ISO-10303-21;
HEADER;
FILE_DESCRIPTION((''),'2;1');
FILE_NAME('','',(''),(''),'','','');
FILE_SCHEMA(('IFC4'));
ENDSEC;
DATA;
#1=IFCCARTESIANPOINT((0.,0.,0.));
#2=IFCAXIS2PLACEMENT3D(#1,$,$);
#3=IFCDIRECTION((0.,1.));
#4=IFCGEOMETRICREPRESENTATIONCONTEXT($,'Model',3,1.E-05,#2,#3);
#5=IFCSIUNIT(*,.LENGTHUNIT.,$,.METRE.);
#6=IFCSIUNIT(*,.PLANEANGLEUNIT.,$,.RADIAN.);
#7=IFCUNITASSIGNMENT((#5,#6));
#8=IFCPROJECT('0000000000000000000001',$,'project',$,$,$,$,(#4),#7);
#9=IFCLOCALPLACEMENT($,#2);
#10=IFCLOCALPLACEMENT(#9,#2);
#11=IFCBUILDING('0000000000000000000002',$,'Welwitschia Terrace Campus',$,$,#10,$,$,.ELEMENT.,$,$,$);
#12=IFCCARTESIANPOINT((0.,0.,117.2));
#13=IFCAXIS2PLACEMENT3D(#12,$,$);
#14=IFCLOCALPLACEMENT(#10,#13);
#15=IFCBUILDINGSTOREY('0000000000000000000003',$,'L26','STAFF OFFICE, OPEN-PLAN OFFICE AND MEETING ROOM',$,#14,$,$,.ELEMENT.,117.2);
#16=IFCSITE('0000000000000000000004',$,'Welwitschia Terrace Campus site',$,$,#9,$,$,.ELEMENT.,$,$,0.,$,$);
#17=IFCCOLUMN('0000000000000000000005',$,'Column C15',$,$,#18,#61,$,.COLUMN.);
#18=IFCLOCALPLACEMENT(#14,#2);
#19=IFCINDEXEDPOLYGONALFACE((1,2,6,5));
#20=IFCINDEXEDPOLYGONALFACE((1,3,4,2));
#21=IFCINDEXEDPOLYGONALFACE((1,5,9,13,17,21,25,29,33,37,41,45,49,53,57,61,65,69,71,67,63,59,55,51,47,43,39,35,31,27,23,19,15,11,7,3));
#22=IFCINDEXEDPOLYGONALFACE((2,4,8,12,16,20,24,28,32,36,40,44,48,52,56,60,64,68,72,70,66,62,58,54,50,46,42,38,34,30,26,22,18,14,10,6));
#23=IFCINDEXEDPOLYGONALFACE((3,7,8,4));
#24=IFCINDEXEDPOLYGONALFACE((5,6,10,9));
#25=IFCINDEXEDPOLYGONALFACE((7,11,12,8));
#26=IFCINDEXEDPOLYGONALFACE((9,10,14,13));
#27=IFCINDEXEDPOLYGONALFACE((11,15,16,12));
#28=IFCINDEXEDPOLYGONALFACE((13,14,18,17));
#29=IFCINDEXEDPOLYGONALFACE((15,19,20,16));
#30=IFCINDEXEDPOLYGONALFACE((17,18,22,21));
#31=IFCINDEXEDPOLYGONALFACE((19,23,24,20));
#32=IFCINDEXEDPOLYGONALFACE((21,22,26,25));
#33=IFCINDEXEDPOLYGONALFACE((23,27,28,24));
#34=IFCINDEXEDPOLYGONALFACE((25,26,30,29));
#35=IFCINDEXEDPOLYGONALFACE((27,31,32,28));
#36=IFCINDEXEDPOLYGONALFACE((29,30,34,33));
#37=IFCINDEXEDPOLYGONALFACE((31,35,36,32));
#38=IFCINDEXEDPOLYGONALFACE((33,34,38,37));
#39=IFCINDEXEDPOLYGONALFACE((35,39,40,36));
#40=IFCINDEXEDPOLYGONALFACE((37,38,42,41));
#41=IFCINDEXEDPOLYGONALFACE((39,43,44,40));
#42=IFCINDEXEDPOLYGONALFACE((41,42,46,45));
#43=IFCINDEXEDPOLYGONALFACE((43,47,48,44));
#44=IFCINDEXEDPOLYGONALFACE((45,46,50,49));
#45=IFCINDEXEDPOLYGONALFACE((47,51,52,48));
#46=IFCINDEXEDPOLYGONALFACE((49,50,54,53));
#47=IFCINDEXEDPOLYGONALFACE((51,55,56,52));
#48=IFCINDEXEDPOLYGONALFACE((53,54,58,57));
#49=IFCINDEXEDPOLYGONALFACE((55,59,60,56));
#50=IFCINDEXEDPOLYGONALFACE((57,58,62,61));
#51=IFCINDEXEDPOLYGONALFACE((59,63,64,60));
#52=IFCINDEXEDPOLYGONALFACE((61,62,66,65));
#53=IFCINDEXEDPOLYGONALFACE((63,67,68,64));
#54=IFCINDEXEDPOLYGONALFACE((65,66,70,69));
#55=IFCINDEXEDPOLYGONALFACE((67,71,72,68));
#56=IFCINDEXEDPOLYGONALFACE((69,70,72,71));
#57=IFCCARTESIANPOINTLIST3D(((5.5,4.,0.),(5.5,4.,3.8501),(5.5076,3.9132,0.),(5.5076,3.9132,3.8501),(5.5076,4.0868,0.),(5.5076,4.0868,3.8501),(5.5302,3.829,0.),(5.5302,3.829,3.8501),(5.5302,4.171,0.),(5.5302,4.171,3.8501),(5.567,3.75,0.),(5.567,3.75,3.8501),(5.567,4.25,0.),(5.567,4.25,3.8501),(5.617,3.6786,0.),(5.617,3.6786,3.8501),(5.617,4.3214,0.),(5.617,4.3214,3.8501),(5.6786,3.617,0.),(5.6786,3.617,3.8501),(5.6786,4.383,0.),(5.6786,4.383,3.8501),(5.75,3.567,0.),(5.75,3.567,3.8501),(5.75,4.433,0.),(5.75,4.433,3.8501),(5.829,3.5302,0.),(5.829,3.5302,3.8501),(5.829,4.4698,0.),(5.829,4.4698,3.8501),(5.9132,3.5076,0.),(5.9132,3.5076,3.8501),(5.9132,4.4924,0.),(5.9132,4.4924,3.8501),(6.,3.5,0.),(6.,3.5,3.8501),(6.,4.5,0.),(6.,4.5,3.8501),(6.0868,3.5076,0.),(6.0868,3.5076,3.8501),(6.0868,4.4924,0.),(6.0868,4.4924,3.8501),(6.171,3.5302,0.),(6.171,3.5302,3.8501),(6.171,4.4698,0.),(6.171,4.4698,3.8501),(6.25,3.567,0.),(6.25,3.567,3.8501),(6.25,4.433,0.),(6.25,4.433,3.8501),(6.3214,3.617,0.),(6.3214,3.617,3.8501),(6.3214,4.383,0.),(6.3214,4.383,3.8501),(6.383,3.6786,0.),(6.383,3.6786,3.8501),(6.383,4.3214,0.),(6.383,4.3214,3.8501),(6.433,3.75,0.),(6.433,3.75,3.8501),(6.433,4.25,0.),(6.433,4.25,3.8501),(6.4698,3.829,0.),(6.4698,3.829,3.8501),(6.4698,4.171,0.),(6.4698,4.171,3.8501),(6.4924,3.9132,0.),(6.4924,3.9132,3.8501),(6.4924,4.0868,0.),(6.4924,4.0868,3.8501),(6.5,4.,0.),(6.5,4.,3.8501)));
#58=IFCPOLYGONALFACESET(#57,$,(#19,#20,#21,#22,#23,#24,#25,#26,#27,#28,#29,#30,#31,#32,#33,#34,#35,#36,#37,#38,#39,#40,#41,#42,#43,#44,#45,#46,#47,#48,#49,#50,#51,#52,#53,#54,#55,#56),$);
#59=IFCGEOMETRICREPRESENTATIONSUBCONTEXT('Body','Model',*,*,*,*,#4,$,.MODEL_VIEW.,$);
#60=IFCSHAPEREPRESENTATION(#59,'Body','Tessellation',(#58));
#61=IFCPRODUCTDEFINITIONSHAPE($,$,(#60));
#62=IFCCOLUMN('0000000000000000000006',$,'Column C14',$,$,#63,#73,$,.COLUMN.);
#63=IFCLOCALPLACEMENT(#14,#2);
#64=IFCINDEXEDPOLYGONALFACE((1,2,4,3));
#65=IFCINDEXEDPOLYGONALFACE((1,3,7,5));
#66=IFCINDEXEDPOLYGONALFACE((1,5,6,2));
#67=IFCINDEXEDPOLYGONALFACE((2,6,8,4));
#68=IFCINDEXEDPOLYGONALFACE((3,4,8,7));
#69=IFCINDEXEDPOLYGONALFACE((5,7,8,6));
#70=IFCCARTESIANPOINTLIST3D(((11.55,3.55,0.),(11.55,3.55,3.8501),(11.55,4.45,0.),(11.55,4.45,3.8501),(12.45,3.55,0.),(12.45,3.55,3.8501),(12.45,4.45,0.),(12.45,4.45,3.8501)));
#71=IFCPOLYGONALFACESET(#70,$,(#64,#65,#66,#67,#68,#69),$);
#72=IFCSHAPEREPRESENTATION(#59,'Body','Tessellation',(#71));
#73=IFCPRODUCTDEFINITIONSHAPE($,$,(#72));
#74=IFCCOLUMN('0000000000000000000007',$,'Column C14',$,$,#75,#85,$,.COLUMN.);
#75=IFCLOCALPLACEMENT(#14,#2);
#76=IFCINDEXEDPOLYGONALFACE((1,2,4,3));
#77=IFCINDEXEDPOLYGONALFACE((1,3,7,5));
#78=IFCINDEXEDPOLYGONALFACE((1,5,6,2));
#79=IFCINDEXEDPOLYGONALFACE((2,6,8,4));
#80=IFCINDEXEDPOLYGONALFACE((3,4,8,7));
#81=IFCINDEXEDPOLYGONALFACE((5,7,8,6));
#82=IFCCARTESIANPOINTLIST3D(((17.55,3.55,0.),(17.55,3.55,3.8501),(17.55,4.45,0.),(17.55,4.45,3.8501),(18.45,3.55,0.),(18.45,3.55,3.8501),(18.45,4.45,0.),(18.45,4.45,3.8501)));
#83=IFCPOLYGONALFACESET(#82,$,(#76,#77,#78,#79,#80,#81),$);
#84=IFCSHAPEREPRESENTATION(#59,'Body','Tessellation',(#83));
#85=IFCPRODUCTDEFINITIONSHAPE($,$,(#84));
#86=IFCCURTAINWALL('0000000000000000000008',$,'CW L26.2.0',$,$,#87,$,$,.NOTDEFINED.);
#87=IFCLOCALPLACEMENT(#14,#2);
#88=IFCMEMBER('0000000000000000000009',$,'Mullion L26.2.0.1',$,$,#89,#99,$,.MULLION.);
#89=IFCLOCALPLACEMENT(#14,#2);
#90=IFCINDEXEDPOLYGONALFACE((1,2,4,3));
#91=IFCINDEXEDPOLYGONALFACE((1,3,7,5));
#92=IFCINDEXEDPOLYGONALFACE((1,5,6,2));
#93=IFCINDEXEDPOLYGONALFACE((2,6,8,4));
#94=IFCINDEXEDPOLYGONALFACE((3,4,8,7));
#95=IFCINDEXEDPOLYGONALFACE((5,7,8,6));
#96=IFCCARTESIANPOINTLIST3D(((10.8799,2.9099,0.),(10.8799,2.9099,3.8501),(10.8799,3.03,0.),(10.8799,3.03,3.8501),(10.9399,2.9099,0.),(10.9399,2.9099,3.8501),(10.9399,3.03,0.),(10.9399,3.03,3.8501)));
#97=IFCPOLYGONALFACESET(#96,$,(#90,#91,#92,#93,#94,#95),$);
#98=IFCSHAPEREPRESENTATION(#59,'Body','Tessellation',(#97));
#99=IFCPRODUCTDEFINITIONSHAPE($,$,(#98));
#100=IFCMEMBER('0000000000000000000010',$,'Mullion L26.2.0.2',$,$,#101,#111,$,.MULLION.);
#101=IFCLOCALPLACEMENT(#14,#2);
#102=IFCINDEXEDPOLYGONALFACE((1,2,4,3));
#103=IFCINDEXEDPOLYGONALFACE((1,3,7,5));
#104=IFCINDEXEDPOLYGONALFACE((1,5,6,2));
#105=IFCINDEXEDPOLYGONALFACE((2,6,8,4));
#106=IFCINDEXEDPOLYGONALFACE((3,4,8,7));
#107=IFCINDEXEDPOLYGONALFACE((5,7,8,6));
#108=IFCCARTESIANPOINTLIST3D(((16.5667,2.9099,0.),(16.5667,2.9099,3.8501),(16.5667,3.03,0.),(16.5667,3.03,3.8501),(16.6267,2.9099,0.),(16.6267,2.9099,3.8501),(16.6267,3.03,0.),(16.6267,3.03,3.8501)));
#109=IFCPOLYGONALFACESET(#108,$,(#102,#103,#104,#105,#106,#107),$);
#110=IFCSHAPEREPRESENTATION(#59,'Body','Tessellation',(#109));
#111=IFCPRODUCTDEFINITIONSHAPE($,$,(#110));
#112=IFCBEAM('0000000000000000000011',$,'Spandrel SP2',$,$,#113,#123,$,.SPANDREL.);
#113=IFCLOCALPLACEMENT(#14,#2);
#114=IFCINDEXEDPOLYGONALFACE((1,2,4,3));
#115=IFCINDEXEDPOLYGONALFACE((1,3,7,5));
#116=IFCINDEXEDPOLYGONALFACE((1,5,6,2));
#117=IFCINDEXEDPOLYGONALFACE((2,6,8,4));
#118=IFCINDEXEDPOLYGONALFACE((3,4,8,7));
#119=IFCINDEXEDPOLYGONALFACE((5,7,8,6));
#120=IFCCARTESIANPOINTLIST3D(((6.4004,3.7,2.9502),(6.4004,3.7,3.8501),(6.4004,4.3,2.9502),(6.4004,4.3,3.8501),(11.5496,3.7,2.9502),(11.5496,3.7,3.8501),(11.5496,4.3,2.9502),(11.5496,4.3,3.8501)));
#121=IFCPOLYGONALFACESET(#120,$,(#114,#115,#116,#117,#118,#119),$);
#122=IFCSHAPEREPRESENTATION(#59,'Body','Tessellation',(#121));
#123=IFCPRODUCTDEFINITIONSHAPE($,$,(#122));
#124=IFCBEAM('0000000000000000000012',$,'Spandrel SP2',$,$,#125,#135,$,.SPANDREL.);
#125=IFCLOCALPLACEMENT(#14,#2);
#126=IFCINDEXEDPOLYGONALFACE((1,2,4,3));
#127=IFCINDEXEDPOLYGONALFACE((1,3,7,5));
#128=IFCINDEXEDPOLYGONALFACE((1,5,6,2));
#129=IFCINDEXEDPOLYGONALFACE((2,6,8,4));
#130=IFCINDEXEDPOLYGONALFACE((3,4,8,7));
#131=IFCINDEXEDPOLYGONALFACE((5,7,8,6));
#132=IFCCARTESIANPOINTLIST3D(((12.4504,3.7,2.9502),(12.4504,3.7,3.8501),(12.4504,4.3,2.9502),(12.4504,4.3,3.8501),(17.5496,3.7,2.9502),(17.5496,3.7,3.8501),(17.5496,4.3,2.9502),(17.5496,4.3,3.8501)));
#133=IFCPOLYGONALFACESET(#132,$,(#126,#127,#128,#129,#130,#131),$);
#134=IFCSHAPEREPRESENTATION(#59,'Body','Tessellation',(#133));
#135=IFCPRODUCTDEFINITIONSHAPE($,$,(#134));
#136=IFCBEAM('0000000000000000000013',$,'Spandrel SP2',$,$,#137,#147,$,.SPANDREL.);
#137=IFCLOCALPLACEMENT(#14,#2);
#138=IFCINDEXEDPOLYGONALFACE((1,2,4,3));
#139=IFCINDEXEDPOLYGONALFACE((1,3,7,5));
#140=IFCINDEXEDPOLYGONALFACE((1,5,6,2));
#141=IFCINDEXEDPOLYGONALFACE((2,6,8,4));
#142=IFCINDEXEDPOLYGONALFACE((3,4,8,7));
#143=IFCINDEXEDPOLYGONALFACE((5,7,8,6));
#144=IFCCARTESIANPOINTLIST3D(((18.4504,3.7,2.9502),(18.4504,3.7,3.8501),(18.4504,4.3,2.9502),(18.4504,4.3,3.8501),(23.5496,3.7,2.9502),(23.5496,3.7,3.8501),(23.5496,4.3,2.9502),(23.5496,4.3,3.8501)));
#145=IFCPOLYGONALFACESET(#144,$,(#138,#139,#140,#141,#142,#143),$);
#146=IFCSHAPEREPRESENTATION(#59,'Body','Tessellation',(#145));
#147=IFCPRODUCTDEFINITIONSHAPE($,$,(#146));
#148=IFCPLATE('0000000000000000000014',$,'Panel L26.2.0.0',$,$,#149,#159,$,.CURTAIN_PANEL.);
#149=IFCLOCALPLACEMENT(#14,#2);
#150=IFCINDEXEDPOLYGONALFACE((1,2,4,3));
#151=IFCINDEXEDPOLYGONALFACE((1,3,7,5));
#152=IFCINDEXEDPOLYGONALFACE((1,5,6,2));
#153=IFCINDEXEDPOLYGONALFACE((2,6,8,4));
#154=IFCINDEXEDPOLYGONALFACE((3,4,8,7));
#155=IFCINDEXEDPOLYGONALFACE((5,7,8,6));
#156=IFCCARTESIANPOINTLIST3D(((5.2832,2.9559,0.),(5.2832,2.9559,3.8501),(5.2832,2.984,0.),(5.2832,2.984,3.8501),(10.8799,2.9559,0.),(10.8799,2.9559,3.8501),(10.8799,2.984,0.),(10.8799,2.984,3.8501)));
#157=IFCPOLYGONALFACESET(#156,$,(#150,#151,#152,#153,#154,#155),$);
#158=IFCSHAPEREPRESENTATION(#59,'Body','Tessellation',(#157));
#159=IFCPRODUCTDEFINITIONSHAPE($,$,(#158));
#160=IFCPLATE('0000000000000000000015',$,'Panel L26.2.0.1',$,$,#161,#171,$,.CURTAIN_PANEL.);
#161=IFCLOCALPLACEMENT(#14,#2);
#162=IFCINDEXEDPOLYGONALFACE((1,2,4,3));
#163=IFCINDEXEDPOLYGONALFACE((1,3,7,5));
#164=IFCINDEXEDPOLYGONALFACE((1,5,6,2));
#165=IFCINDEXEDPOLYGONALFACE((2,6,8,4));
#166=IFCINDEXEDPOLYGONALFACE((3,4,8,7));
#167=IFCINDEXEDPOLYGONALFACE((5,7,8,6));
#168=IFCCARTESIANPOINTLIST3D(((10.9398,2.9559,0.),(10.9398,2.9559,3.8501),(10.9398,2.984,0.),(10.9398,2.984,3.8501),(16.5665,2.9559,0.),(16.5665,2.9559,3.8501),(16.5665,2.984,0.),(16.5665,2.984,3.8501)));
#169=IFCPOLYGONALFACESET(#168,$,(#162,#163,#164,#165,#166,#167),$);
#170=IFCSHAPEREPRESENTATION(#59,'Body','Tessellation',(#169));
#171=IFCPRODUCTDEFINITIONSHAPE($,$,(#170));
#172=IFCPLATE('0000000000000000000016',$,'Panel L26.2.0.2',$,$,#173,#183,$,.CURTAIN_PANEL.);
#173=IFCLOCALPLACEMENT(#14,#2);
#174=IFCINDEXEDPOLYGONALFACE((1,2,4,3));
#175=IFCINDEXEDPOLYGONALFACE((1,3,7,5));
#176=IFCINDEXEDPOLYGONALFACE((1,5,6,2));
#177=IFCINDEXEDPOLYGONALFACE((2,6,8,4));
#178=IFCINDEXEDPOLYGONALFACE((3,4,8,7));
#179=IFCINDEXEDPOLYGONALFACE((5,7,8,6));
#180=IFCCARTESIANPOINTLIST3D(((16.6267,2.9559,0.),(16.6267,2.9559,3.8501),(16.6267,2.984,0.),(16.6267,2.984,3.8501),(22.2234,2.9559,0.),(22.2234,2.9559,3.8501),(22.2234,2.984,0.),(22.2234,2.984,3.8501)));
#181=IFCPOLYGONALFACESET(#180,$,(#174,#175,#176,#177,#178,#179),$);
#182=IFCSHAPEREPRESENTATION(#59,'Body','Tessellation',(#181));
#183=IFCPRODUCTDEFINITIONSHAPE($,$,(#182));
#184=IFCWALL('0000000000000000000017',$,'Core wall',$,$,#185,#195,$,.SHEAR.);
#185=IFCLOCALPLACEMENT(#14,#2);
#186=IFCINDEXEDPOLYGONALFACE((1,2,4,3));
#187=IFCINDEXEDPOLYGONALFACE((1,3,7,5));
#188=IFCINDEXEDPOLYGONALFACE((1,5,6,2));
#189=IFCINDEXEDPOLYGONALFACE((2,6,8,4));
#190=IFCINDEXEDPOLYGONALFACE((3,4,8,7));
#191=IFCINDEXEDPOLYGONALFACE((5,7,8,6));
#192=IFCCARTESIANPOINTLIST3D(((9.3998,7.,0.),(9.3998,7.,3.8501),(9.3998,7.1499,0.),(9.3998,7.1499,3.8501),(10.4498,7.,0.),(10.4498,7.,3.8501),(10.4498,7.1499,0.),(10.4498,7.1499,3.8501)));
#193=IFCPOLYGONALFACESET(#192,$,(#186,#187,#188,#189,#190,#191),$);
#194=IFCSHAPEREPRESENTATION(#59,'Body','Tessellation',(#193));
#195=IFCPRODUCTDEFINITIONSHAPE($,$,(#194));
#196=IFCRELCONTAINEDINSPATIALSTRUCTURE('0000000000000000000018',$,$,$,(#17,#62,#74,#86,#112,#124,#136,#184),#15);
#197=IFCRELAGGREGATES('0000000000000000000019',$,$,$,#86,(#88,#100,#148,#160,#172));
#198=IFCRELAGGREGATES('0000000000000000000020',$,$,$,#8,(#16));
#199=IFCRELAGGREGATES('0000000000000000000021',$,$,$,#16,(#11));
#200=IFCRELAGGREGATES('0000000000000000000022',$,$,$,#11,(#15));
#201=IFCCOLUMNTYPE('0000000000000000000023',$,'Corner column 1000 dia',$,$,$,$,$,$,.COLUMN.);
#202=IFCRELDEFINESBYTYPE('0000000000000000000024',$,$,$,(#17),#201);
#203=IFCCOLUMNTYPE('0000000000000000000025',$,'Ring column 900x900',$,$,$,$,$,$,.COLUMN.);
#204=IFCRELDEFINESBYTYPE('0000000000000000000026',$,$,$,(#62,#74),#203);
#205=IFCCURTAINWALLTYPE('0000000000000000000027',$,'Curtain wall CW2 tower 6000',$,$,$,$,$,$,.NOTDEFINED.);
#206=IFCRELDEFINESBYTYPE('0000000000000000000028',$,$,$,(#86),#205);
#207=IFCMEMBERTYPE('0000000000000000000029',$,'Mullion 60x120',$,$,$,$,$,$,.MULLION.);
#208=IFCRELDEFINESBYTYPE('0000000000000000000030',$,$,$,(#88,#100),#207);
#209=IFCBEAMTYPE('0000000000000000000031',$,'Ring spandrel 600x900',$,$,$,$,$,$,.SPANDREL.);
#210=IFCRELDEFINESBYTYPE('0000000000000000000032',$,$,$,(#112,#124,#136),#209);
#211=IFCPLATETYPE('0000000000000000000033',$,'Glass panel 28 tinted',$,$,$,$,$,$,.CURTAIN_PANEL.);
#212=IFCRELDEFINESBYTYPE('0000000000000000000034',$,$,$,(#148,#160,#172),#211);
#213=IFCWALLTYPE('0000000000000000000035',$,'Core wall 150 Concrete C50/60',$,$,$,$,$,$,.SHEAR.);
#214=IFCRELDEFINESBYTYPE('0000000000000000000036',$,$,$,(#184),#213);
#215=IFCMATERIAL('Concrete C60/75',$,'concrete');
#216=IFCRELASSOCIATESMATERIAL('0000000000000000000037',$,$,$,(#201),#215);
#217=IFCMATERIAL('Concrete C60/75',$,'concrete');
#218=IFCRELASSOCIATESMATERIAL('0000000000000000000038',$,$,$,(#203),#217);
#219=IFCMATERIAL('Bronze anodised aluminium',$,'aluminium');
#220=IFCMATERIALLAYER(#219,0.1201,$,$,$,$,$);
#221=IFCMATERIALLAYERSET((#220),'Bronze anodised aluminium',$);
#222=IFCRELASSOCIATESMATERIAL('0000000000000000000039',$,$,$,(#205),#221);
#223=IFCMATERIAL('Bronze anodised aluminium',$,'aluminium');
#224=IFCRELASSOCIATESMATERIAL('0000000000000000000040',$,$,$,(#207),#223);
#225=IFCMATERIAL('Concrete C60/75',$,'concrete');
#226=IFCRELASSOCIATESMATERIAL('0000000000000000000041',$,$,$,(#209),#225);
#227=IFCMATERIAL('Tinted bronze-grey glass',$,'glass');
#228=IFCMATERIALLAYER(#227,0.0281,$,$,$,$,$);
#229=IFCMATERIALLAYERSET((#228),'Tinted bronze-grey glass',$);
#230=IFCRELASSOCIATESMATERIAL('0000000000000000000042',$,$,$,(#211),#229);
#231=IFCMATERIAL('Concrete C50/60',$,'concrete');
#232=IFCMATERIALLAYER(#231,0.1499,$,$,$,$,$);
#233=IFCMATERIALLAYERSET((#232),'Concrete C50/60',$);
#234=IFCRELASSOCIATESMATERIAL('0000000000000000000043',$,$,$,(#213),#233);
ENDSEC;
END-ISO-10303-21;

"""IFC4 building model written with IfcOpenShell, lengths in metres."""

from ifc_helpers import new_model, si_unit, direction, frame, frame_2d, origin, origin_2d, place, context, subcontext, project, spatial, rectangle, circle, extrude, material, layer, layer_set, material_profile, profile_set, type_object, element, aggregate, save


model = new_model("IFC4")

# Units and contexts
model_context = context("Model", 3, precision=1e-05, world=origin(), true_north=direction((0.0, 1.0)))
body_context = subcontext(model_context, "Body", "Model", "MODEL_VIEW")
ifc_project = project(units=[si_unit("LENGTHUNIT", "METRE"), si_unit("PLANEANGLEUNIT", "RADIAN")], contexts=[model_context])

# Site, building, storey
site_placement = place(None, origin())
site = spatial("IfcSite", under=ifc_project, at=site_placement, Name="Welwitschia Terrace Campus site", CompositionType="ELEMENT", RefElevation=0.0)
building_placement = place(site_placement, origin())
building = spatial("IfcBuilding", under=site, at=building_placement, Name="Welwitschia Terrace Campus", CompositionType="ELEMENT")
storey_placement = place(building_placement, frame((0.0, 0.0, 117.2)))
storey = spatial("IfcBuildingStorey", under=building, at=storey_placement, Name="L26", Description="STAFF OFFICE, OPEN-PLAN OFFICE AND MEETING ROOM", CompositionType="ELEMENT", Elevation=117.2)

# Columns
ifc_material_1 = material(Name="Concrete C60/75", Category="concrete")
ifc_material_profile_1 = material_profile(ifc_material_1, circle(Radius=0.5, at=origin_2d()))
ifc_profile_set_1 = profile_set([ifc_material_profile_1], Name="Concrete C60/75")
column_type_1 = type_object("IfcColumnType", Name="Corner column 1000 dia", PredefinedType="COLUMN", material=ifc_profile_set_1)
column_placement = place(storey_placement, frame((6.0, 4.0, 0.0), z_axis=(0.0, 0.0, 1.0), x_axis=(1.0, 0.0, 0.0)))
element("IfcColumn", 1, at=column_placement, inside=storey, type_object=column_type_1, Name="Column C15", PredefinedType="COLUMN", context=body_context, shape_type="SweptSolid", body=[
    extrude(circle(Radius=0.5, at=origin_2d()), origin(), (0.0, 0.0, 1.0), 3.8501),
])
ifc_material_2 = material(Name="Concrete C60/75", Category="concrete")
ifc_material_profile_2 = material_profile(ifc_material_2, rectangle(XDim=0.8999, YDim=0.8999, at=origin_2d()))
ifc_profile_set_2 = profile_set([ifc_material_profile_2], Name="Concrete C60/75")
column_type_2 = type_object("IfcColumnType", Name="Ring column 900x900", PredefinedType="COLUMN", material=ifc_profile_set_2)
for number, where, z_axis, x_axis, name in (
    (2, (12.0, 4.0, 0.0), (0.0, 0.0, 1.0), (1.0, 0.0, 0.0), "Column C14"),
    (3, (18.0, 4.0, 0.0), (0.0, 0.0, 1.0), (1.0, 0.0, 0.0), "Column C14"),
):
    element("IfcColumn", number, at=place(storey_placement, frame(where, z_axis=z_axis, x_axis=x_axis)), inside=storey, type_object=column_type_2, Name=name, PredefinedType="COLUMN", context=body_context, shape_type="SweptSolid", body=[
        extrude(rectangle(XDim=0.8999, YDim=0.8999, at=origin_2d()), origin(), (0.0, 0.0, 1.0), 3.8501),
    ])

# Curtain wall, members
ifc_material_3 = material(Name="Bronze anodised aluminium", Category="aluminium")
ifc_layer_1 = layer(ifc_material_3, 0.1201)
ifc_layer_set_1 = layer_set([ifc_layer_1], Name="Bronze anodised aluminium")
curtain_wall_type = type_object("IfcCurtainWallType", Name="Curtain wall CW2 tower 6000", PredefinedType="NOTDEFINED", material=ifc_layer_set_1)
curtain_wall_placement = place(storey_placement, origin())
curtain_wall = element("IfcCurtainWall", 4, at=curtain_wall_placement, inside=storey, type_object=curtain_wall_type, Name="CW L26.2.0", PredefinedType="NOTDEFINED")
ifc_material_4 = material(Name="Bronze anodised aluminium", Category="aluminium")
ifc_material_profile_3 = material_profile(ifc_material_4, rectangle(XDim=0.1201, YDim=0.0601, at=origin_2d()))
ifc_profile_set_3 = profile_set([ifc_material_profile_3], Name="Bronze anodised aluminium")
member_type = type_object("IfcMemberType", Name="Mullion 60x120", PredefinedType="MULLION", material=ifc_profile_set_3)
member_1_placement = place(storey_placement, frame((10.9099, 2.97, 0.0), z_axis=(0.0, 0.0, 1.0), x_axis=(0.0, 1.0, 0.0)))
member_1 = element("IfcMember", 5, at=member_1_placement, type_object=member_type, Name="Mullion L26.2.0.1", PredefinedType="MULLION", context=body_context, shape_type="SweptSolid", body=[
    extrude(rectangle(XDim=0.1201, YDim=0.0601, at=origin_2d()), origin(), (0.0, 0.0, 1.0), 3.8501),
])
member_2_placement = place(storey_placement, frame((16.5967, 2.97, 0.0), z_axis=(0.0, 0.0, 1.0), x_axis=(0.0, 1.0, 0.0)))
member_2 = element("IfcMember", 6, at=member_2_placement, type_object=member_type, Name="Mullion L26.2.0.2", PredefinedType="MULLION", context=body_context, shape_type="SweptSolid", body=[
    extrude(rectangle(XDim=0.1201, YDim=0.0601, at=origin_2d()), origin(), (0.0, 0.0, 1.0), 3.8501),
])

# Beams
ifc_material_5 = material(Name="Concrete C60/75", Category="concrete")
ifc_material_profile_4 = material_profile(ifc_material_5, rectangle(XDim=0.6001, YDim=0.8999, at=origin_2d()))
ifc_profile_set_4 = profile_set([ifc_material_profile_4], Name="Concrete C60/75")
beam_type = type_object("IfcBeamType", Name="Ring spandrel 600x900", PredefinedType="SPANDREL", material=ifc_profile_set_4)
beam_placement = place(storey_placement, frame((6.4004, 4.0, 3.4001), z_axis=(1.0, 0.0, 0.0), x_axis=(0.0, 1.0, 0.0)))
element("IfcBeam", 7, at=beam_placement, inside=storey, type_object=beam_type, Name="Spandrel SP2", PredefinedType="SPANDREL", context=body_context, shape_type="SweptSolid", body=[
    extrude(rectangle(XDim=0.6001, YDim=0.8999, at=origin_2d()), origin(), (0.0, 0.0, 1.0), 5.1492),
])
for number, where, z_axis, x_axis, name in (
    (8, (12.4504, 4.0, 3.4001), (1.0, 0.0, 0.0), (0.0, 1.0, 0.0), "Spandrel SP2"),
    (9, (18.4504, 4.0, 3.4001), (1.0, 0.0, 0.0), (0.0, 1.0, 0.0), "Spandrel SP2"),
):
    element("IfcBeam", number, at=place(storey_placement, frame(where, z_axis=z_axis, x_axis=x_axis)), inside=storey, type_object=beam_type, Name=name, PredefinedType="SPANDREL", context=body_context, shape_type="SweptSolid", body=[
        extrude(rectangle(XDim=0.6001, YDim=0.8999, at=origin_2d()), origin(), (0.0, 0.0, 1.0), 5.0991),
    ])

# Plates
ifc_material_6 = material(Name="Tinted bronze-grey glass", Category="glass")
ifc_layer_2 = layer(ifc_material_6, 0.0281)
ifc_layer_set_2 = layer_set([ifc_layer_2], Name="Tinted bronze-grey glass")
plate_type = type_object("IfcPlateType", Name="Glass panel 28 tinted", PredefinedType="CURTAIN_PANEL", material=ifc_layer_set_2)
plate_1_placement = place(storey_placement, frame((8.0815, 2.97, 0.0), z_axis=(0.0, 0.0, 1.0), x_axis=(1.0, 0.0, 0.0)))
plate_1 = element("IfcPlate", 10, at=plate_1_placement, type_object=plate_type, Name="Panel L26.2.0.0", PredefinedType="CURTAIN_PANEL", context=body_context, shape_type="SweptSolid", body=[
    extrude(rectangle(XDim=5.5967, YDim=0.0281, at=origin_2d()), origin(), (0.0, 0.0, 1.0), 3.8501),
])
plate_2_placement = place(storey_placement, frame((13.7532, 2.97, 0.0), z_axis=(0.0, 0.0, 1.0), x_axis=(1.0, 0.0, 0.0)))
plate_2 = element("IfcPlate", 11, at=plate_2_placement, type_object=plate_type, Name="Panel L26.2.0.1", PredefinedType="CURTAIN_PANEL", context=body_context, shape_type="SweptSolid", body=[
    extrude(rectangle(XDim=5.6267, YDim=0.0281, at=origin_2d()), origin(), (0.0, 0.0, 1.0), 3.8501),
])
plate_3_placement = place(storey_placement, frame((19.425, 2.97, 0.0), z_axis=(0.0, 0.0, 1.0), x_axis=(1.0, 0.0, 0.0)))
plate_3 = element("IfcPlate", 12, at=plate_3_placement, type_object=plate_type, Name="Panel L26.2.0.2", PredefinedType="CURTAIN_PANEL", context=body_context, shape_type="SweptSolid", body=[
    extrude(rectangle(XDim=5.5967, YDim=0.0281, at=origin_2d()), origin(), (0.0, 0.0, 1.0), 3.8501),
])
aggregate(curtain_wall, [member_1, member_2, plate_1, plate_2, plate_3])

# Wall
ifc_material_7 = material(Name="Concrete C50/60", Category="concrete")
ifc_layer_3 = layer(ifc_material_7, 0.1499)
ifc_layer_set_3 = layer_set([ifc_layer_3], Name="Concrete C50/60")
wall_type_1 = type_object("IfcWallType", Name="Core wall 150 Concrete C50/60", PredefinedType="SHEAR", material=ifc_layer_set_3)
for number, where, z_axis, x_axis, name in (
    (13, (9.3999, 7.075, 0.0), (0.0, 0.0, 1.0), (1.0, 0.0, 0.0), "Core wall"),
):
    element("IfcWall", number, at=place(storey_placement, frame(where, z_axis=z_axis, x_axis=x_axis)), inside=storey, type_object=wall_type_1, Name=name, PredefinedType="SHEAR", context=body_context, shape_type="SweptSolid", body=[
        extrude(rectangle(XDim=1.05, YDim=0.1499, at=frame_2d((0.5249, 0.0))), origin(), (0.0, 0.0, 1.0), 3.8501),
    ])

save(model, "model.ifc")
